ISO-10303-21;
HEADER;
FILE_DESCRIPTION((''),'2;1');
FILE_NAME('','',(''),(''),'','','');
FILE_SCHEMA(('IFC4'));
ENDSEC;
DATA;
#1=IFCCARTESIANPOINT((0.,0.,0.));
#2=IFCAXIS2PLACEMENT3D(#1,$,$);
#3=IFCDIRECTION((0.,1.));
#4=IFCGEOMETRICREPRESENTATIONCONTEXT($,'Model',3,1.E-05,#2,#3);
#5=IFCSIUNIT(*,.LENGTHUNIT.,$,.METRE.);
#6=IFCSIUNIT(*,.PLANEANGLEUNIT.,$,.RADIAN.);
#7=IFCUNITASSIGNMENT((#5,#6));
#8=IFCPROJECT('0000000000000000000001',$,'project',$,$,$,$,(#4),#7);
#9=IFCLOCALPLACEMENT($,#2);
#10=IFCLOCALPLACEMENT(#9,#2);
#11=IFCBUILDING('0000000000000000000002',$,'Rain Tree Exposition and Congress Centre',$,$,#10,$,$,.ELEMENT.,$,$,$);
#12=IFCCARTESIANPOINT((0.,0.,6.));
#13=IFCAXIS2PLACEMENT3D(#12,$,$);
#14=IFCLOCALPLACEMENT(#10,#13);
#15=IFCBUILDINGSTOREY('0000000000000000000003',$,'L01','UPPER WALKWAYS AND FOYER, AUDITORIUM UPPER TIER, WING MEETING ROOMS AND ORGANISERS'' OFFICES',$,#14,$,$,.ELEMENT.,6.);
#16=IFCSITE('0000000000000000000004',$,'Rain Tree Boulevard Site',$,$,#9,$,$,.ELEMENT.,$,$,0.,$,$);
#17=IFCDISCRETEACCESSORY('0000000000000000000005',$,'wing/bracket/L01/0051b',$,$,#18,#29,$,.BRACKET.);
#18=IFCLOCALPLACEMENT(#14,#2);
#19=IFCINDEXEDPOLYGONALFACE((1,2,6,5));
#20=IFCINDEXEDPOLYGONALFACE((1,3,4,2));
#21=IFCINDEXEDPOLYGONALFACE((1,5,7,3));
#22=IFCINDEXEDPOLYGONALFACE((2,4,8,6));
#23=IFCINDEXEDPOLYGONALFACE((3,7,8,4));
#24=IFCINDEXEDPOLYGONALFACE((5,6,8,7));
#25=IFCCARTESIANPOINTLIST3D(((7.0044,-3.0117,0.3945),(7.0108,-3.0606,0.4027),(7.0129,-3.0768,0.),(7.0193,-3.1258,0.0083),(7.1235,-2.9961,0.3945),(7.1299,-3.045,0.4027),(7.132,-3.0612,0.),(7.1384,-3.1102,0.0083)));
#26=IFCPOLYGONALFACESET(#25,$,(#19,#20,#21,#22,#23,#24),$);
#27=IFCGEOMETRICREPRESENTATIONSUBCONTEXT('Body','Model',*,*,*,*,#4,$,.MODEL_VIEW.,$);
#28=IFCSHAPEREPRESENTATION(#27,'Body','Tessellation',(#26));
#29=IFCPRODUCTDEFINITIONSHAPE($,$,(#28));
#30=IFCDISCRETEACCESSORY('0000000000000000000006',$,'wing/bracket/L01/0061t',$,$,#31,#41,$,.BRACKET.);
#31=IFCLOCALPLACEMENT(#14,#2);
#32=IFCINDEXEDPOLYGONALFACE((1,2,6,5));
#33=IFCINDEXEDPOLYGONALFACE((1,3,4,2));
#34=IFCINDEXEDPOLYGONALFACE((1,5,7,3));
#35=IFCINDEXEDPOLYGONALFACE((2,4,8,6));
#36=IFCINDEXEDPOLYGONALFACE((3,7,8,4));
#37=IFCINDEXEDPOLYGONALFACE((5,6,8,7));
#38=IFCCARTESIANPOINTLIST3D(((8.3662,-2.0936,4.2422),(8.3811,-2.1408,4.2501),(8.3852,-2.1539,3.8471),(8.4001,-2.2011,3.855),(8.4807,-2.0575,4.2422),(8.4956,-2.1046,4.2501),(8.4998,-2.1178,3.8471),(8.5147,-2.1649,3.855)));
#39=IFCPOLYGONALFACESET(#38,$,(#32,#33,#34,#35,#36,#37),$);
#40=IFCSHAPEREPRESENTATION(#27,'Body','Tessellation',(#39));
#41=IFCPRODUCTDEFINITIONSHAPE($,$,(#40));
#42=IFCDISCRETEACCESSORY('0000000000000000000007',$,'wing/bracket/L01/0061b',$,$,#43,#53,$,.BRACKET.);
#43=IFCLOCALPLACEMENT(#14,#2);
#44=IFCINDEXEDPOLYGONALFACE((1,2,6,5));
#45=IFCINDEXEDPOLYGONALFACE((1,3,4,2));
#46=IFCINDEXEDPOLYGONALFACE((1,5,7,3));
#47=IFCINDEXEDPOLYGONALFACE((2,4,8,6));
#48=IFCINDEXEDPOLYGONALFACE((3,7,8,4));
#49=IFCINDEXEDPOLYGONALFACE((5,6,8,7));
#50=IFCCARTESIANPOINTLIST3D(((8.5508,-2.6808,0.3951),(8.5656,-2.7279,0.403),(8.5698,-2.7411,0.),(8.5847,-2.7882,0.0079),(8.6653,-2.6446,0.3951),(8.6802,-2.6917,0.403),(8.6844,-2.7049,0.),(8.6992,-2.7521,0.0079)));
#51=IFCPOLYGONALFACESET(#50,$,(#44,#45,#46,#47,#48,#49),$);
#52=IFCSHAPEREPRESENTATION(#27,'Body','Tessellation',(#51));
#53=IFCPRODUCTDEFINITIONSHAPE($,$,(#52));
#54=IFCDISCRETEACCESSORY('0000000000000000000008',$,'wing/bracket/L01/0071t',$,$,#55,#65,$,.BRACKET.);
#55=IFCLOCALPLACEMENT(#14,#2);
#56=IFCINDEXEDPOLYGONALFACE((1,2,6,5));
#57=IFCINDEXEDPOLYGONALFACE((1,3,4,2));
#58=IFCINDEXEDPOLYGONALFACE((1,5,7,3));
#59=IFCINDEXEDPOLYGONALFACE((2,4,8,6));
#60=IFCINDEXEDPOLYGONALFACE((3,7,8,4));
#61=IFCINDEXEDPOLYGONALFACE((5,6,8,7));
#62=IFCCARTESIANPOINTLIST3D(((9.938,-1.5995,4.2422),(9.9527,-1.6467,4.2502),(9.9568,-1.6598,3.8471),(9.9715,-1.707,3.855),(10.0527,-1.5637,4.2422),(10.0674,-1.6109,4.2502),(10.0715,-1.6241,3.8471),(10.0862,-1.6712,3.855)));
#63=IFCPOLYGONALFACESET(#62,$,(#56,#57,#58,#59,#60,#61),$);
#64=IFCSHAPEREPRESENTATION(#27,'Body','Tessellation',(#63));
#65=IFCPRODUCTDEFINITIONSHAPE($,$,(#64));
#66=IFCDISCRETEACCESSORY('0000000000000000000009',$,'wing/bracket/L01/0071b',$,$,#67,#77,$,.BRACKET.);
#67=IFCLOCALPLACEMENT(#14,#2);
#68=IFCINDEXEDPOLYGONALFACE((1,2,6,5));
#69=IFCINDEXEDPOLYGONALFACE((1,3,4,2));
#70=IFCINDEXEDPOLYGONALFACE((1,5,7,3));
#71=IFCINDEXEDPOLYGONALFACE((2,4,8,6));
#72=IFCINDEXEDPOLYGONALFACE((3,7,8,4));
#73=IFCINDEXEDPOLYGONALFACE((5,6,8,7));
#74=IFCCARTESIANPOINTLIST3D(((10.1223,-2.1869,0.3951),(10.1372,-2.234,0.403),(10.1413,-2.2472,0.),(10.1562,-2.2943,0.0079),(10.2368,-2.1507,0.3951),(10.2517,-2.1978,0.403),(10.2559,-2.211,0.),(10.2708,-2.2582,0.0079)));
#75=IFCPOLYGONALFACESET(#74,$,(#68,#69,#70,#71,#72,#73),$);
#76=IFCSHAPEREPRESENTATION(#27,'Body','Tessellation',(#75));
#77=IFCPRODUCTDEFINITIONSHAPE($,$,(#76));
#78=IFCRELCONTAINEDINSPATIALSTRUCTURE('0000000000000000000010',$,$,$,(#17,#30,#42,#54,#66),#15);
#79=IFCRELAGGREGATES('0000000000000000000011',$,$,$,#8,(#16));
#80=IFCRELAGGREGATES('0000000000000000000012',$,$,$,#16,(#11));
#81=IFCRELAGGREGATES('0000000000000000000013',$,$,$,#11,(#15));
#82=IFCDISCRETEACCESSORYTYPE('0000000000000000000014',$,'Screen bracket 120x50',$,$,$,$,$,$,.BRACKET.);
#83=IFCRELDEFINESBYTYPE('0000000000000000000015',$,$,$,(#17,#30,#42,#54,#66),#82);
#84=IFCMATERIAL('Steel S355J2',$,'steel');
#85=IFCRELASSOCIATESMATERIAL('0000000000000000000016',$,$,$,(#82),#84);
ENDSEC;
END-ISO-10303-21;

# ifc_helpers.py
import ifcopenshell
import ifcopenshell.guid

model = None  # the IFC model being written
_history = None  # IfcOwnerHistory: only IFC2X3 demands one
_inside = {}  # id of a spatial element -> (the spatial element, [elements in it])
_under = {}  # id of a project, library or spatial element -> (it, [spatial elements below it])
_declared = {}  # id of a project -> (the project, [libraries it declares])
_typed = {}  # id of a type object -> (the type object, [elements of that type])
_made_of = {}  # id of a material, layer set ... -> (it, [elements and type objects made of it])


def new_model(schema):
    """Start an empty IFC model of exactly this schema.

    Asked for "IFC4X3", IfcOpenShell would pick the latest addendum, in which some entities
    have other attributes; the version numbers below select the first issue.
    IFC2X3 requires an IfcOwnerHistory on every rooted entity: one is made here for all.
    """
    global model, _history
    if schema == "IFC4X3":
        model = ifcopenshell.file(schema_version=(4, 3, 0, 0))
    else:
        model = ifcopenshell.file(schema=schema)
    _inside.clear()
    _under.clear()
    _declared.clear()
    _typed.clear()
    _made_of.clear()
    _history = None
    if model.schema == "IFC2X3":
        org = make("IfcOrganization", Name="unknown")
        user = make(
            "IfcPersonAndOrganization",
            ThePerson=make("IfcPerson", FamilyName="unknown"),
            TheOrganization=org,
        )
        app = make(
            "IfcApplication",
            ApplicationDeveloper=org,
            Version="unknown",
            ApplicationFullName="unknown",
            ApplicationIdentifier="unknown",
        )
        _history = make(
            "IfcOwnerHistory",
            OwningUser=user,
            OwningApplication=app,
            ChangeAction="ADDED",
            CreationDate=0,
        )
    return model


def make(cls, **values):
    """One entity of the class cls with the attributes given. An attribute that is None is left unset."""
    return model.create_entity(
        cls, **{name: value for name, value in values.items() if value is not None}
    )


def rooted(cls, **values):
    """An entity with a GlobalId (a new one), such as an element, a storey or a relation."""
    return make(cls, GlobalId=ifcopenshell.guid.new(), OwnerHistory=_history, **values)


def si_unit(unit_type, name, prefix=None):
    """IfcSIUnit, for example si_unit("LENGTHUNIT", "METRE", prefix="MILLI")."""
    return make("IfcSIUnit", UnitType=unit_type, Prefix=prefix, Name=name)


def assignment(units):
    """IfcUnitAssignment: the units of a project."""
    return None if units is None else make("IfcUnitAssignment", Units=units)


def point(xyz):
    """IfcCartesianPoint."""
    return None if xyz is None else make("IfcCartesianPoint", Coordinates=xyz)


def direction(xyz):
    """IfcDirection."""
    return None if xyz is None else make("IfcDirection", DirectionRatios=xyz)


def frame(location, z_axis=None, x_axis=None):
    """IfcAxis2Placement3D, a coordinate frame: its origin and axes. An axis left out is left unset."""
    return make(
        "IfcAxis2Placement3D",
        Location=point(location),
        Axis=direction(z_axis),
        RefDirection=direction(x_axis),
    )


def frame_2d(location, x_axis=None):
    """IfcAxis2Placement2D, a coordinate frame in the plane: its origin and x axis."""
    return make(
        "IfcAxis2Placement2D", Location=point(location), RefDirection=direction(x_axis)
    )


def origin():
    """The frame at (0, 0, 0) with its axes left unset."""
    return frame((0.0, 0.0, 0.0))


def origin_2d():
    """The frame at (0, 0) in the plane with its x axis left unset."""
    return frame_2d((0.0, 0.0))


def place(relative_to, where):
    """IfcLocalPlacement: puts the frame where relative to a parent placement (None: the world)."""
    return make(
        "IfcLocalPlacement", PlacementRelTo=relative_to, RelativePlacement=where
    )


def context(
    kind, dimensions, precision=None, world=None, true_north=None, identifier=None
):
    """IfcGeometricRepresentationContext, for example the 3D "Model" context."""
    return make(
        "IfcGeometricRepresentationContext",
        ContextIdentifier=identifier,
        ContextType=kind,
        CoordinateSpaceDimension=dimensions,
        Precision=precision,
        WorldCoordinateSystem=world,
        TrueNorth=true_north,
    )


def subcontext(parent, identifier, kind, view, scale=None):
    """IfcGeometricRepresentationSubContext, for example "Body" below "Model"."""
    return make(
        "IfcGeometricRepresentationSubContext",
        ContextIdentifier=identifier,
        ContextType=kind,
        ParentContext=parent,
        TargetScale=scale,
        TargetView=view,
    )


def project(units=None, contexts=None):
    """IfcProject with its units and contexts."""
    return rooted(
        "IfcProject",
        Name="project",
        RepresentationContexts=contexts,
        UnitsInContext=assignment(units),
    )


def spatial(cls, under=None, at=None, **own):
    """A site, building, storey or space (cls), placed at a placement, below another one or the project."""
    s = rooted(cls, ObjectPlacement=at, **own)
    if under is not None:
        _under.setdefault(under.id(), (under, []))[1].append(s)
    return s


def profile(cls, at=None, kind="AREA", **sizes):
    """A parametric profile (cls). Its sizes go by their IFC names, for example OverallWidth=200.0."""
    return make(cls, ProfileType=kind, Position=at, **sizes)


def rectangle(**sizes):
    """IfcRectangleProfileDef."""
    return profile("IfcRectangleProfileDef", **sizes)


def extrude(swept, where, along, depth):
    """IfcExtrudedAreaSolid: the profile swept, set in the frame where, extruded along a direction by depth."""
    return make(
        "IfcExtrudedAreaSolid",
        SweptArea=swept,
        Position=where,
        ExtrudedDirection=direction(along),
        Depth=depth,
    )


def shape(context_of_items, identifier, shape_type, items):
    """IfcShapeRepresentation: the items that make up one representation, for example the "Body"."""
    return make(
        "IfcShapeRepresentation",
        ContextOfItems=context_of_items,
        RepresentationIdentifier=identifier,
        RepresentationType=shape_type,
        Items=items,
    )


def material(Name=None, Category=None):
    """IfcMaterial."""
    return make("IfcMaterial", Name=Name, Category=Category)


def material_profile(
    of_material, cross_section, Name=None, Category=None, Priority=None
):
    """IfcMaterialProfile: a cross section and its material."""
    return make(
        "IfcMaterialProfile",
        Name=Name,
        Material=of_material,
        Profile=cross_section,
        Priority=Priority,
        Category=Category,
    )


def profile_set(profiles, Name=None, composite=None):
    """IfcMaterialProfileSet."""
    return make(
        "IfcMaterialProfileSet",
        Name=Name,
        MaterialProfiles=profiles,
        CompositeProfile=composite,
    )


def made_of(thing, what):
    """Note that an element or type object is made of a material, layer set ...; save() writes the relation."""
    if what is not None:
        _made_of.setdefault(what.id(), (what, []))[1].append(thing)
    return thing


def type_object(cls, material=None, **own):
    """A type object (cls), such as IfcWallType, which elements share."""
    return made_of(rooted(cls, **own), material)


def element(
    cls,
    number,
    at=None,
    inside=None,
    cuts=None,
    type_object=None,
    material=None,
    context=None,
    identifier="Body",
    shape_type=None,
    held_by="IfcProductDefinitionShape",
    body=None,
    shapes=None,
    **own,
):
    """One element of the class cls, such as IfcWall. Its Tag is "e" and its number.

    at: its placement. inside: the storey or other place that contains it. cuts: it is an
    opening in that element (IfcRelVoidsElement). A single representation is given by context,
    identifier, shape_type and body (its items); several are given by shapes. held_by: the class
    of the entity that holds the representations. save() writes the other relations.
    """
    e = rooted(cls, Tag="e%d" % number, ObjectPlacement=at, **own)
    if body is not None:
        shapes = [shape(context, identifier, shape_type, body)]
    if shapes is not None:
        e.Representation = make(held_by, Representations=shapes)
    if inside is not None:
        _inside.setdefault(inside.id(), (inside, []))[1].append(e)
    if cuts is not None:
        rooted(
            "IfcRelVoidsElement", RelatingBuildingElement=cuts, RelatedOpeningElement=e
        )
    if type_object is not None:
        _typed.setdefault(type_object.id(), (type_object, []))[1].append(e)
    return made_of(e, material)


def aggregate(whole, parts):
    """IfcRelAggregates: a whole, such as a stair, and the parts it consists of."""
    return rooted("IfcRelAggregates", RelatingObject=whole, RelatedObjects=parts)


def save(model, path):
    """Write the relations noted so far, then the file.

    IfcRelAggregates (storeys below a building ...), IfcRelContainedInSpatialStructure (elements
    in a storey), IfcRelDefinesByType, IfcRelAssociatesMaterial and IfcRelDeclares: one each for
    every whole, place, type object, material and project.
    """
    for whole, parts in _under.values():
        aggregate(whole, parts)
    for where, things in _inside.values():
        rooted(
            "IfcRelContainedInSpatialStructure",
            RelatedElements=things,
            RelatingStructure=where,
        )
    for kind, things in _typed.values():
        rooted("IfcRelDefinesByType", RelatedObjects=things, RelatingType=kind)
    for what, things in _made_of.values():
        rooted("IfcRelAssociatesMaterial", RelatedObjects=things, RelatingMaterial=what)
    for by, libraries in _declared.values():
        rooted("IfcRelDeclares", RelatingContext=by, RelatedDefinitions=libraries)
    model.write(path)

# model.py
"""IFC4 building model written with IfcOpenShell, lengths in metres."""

from ifc_helpers import new_model, si_unit, direction, frame, origin, origin_2d, place, context, subcontext, project, spatial, rectangle, extrude, material, material_profile, profile_set, type_object, element, save


model = new_model("IFC4")

# Units and contexts
model_context = context("Model", 3, precision=1e-05, world=origin(), true_north=direction((0.0, 1.0)))
body_context = subcontext(model_context, "Body", "Model", "MODEL_VIEW")
ifc_project = project(units=[si_unit("LENGTHUNIT", "METRE"), si_unit("PLANEANGLEUNIT", "RADIAN")], contexts=[model_context])

# Site, building, storey
site_placement = place(None, origin())
site = spatial("IfcSite", under=ifc_project, at=site_placement, Name="Rain Tree Boulevard Site", CompositionType="ELEMENT", RefElevation=0.0)
building_placement = place(site_placement, origin())
building = spatial("IfcBuilding", under=site, at=building_placement, Name="Rain Tree Exposition and Congress Centre", CompositionType="ELEMENT")
storey_placement = place(building_placement, frame((0.0, 0.0, 6.0)))
storey = spatial("IfcBuildingStorey", under=building, at=storey_placement, Name="L01", Description="UPPER WALKWAYS AND FOYER, AUDITORIUM UPPER TIER, WING MEETING ROOMS AND ORGANISERS' OFFICES", CompositionType="ELEMENT", Elevation=6.0)

# Discrete accessories
ifc_material_1 = material(Name="Steel S355J2", Category="steel")
ifc_material_profile_1 = material_profile(ifc_material_1, rectangle(XDim=0.1201, YDim=0.05, at=origin_2d()), Name="Flat bar 120x50")
ifc_profile_set_1 = profile_set([ifc_material_profile_1], Name="Steel S355J2")
discrete_accessory_type = type_object("IfcDiscreteAccessoryType", Name="Screen bracket 120x50", PredefinedType="BRACKET", material=ifc_profile_set_1)
for number, where, z_axis, x_axis, name in (
    (1, (7.0757, -3.0935, 0.0042), (-0.021364, 0.162976, 0.986399), (-0.991517, -0.129974, 0.0), "wing/bracket/L01/0051b"),
):
    element("IfcDiscreteAccessory", number, at=place(storey_placement, frame(where, z_axis=z_axis, x_axis=x_axis)), inside=storey, type_object=discrete_accessory_type, Name=name, PredefinedType="BRACKET", context=body_context, shape_type="SweptSolid", body=[
        extrude(rectangle(XDim=0.1201, YDim=0.05, at=origin_2d()), origin(), (0.0, 0.0, 1.0), 0.3999),
    ])
for number, where, z_axis, x_axis, name in (
    (2, (8.45, -2.1594, 3.8511), (-0.047602, 0.150738, 0.987427), (-0.953583, -0.301131, 0.0), "wing/bracket/L01/0061t"),
    (3, (8.6345, -2.7466, 0.0039), (-0.047602, 0.150738, 0.987427), (-0.953583, -0.301131, 0.0), "wing/bracket/L01/0061b"),
    (4, (10.0215, -1.6655, 3.8511), (-0.046993, 0.150743, 0.987456), (-0.954686, -0.297615, 0.0), "wing/bracket/L01/0071t"),
    (5, (10.2061, -2.2527, 0.0039), (-0.047602, 0.150738, 0.987427), (-0.953583, -0.301131, 0.0), "wing/bracket/L01/0071b"),
):
    element("IfcDiscreteAccessory", number, at=place(storey_placement, frame(where, z_axis=z_axis, x_axis=x_axis)), inside=storey, type_object=discrete_accessory_type, Name=name, PredefinedType="BRACKET", context=body_context, shape_type="SweptSolid", body=[
        extrude(rectangle(XDim=0.1201, YDim=0.05, at=origin_2d()), origin(), (0.0, 0.0, 1.0), 0.4001),
    ])

save(model, "model.ifc")
